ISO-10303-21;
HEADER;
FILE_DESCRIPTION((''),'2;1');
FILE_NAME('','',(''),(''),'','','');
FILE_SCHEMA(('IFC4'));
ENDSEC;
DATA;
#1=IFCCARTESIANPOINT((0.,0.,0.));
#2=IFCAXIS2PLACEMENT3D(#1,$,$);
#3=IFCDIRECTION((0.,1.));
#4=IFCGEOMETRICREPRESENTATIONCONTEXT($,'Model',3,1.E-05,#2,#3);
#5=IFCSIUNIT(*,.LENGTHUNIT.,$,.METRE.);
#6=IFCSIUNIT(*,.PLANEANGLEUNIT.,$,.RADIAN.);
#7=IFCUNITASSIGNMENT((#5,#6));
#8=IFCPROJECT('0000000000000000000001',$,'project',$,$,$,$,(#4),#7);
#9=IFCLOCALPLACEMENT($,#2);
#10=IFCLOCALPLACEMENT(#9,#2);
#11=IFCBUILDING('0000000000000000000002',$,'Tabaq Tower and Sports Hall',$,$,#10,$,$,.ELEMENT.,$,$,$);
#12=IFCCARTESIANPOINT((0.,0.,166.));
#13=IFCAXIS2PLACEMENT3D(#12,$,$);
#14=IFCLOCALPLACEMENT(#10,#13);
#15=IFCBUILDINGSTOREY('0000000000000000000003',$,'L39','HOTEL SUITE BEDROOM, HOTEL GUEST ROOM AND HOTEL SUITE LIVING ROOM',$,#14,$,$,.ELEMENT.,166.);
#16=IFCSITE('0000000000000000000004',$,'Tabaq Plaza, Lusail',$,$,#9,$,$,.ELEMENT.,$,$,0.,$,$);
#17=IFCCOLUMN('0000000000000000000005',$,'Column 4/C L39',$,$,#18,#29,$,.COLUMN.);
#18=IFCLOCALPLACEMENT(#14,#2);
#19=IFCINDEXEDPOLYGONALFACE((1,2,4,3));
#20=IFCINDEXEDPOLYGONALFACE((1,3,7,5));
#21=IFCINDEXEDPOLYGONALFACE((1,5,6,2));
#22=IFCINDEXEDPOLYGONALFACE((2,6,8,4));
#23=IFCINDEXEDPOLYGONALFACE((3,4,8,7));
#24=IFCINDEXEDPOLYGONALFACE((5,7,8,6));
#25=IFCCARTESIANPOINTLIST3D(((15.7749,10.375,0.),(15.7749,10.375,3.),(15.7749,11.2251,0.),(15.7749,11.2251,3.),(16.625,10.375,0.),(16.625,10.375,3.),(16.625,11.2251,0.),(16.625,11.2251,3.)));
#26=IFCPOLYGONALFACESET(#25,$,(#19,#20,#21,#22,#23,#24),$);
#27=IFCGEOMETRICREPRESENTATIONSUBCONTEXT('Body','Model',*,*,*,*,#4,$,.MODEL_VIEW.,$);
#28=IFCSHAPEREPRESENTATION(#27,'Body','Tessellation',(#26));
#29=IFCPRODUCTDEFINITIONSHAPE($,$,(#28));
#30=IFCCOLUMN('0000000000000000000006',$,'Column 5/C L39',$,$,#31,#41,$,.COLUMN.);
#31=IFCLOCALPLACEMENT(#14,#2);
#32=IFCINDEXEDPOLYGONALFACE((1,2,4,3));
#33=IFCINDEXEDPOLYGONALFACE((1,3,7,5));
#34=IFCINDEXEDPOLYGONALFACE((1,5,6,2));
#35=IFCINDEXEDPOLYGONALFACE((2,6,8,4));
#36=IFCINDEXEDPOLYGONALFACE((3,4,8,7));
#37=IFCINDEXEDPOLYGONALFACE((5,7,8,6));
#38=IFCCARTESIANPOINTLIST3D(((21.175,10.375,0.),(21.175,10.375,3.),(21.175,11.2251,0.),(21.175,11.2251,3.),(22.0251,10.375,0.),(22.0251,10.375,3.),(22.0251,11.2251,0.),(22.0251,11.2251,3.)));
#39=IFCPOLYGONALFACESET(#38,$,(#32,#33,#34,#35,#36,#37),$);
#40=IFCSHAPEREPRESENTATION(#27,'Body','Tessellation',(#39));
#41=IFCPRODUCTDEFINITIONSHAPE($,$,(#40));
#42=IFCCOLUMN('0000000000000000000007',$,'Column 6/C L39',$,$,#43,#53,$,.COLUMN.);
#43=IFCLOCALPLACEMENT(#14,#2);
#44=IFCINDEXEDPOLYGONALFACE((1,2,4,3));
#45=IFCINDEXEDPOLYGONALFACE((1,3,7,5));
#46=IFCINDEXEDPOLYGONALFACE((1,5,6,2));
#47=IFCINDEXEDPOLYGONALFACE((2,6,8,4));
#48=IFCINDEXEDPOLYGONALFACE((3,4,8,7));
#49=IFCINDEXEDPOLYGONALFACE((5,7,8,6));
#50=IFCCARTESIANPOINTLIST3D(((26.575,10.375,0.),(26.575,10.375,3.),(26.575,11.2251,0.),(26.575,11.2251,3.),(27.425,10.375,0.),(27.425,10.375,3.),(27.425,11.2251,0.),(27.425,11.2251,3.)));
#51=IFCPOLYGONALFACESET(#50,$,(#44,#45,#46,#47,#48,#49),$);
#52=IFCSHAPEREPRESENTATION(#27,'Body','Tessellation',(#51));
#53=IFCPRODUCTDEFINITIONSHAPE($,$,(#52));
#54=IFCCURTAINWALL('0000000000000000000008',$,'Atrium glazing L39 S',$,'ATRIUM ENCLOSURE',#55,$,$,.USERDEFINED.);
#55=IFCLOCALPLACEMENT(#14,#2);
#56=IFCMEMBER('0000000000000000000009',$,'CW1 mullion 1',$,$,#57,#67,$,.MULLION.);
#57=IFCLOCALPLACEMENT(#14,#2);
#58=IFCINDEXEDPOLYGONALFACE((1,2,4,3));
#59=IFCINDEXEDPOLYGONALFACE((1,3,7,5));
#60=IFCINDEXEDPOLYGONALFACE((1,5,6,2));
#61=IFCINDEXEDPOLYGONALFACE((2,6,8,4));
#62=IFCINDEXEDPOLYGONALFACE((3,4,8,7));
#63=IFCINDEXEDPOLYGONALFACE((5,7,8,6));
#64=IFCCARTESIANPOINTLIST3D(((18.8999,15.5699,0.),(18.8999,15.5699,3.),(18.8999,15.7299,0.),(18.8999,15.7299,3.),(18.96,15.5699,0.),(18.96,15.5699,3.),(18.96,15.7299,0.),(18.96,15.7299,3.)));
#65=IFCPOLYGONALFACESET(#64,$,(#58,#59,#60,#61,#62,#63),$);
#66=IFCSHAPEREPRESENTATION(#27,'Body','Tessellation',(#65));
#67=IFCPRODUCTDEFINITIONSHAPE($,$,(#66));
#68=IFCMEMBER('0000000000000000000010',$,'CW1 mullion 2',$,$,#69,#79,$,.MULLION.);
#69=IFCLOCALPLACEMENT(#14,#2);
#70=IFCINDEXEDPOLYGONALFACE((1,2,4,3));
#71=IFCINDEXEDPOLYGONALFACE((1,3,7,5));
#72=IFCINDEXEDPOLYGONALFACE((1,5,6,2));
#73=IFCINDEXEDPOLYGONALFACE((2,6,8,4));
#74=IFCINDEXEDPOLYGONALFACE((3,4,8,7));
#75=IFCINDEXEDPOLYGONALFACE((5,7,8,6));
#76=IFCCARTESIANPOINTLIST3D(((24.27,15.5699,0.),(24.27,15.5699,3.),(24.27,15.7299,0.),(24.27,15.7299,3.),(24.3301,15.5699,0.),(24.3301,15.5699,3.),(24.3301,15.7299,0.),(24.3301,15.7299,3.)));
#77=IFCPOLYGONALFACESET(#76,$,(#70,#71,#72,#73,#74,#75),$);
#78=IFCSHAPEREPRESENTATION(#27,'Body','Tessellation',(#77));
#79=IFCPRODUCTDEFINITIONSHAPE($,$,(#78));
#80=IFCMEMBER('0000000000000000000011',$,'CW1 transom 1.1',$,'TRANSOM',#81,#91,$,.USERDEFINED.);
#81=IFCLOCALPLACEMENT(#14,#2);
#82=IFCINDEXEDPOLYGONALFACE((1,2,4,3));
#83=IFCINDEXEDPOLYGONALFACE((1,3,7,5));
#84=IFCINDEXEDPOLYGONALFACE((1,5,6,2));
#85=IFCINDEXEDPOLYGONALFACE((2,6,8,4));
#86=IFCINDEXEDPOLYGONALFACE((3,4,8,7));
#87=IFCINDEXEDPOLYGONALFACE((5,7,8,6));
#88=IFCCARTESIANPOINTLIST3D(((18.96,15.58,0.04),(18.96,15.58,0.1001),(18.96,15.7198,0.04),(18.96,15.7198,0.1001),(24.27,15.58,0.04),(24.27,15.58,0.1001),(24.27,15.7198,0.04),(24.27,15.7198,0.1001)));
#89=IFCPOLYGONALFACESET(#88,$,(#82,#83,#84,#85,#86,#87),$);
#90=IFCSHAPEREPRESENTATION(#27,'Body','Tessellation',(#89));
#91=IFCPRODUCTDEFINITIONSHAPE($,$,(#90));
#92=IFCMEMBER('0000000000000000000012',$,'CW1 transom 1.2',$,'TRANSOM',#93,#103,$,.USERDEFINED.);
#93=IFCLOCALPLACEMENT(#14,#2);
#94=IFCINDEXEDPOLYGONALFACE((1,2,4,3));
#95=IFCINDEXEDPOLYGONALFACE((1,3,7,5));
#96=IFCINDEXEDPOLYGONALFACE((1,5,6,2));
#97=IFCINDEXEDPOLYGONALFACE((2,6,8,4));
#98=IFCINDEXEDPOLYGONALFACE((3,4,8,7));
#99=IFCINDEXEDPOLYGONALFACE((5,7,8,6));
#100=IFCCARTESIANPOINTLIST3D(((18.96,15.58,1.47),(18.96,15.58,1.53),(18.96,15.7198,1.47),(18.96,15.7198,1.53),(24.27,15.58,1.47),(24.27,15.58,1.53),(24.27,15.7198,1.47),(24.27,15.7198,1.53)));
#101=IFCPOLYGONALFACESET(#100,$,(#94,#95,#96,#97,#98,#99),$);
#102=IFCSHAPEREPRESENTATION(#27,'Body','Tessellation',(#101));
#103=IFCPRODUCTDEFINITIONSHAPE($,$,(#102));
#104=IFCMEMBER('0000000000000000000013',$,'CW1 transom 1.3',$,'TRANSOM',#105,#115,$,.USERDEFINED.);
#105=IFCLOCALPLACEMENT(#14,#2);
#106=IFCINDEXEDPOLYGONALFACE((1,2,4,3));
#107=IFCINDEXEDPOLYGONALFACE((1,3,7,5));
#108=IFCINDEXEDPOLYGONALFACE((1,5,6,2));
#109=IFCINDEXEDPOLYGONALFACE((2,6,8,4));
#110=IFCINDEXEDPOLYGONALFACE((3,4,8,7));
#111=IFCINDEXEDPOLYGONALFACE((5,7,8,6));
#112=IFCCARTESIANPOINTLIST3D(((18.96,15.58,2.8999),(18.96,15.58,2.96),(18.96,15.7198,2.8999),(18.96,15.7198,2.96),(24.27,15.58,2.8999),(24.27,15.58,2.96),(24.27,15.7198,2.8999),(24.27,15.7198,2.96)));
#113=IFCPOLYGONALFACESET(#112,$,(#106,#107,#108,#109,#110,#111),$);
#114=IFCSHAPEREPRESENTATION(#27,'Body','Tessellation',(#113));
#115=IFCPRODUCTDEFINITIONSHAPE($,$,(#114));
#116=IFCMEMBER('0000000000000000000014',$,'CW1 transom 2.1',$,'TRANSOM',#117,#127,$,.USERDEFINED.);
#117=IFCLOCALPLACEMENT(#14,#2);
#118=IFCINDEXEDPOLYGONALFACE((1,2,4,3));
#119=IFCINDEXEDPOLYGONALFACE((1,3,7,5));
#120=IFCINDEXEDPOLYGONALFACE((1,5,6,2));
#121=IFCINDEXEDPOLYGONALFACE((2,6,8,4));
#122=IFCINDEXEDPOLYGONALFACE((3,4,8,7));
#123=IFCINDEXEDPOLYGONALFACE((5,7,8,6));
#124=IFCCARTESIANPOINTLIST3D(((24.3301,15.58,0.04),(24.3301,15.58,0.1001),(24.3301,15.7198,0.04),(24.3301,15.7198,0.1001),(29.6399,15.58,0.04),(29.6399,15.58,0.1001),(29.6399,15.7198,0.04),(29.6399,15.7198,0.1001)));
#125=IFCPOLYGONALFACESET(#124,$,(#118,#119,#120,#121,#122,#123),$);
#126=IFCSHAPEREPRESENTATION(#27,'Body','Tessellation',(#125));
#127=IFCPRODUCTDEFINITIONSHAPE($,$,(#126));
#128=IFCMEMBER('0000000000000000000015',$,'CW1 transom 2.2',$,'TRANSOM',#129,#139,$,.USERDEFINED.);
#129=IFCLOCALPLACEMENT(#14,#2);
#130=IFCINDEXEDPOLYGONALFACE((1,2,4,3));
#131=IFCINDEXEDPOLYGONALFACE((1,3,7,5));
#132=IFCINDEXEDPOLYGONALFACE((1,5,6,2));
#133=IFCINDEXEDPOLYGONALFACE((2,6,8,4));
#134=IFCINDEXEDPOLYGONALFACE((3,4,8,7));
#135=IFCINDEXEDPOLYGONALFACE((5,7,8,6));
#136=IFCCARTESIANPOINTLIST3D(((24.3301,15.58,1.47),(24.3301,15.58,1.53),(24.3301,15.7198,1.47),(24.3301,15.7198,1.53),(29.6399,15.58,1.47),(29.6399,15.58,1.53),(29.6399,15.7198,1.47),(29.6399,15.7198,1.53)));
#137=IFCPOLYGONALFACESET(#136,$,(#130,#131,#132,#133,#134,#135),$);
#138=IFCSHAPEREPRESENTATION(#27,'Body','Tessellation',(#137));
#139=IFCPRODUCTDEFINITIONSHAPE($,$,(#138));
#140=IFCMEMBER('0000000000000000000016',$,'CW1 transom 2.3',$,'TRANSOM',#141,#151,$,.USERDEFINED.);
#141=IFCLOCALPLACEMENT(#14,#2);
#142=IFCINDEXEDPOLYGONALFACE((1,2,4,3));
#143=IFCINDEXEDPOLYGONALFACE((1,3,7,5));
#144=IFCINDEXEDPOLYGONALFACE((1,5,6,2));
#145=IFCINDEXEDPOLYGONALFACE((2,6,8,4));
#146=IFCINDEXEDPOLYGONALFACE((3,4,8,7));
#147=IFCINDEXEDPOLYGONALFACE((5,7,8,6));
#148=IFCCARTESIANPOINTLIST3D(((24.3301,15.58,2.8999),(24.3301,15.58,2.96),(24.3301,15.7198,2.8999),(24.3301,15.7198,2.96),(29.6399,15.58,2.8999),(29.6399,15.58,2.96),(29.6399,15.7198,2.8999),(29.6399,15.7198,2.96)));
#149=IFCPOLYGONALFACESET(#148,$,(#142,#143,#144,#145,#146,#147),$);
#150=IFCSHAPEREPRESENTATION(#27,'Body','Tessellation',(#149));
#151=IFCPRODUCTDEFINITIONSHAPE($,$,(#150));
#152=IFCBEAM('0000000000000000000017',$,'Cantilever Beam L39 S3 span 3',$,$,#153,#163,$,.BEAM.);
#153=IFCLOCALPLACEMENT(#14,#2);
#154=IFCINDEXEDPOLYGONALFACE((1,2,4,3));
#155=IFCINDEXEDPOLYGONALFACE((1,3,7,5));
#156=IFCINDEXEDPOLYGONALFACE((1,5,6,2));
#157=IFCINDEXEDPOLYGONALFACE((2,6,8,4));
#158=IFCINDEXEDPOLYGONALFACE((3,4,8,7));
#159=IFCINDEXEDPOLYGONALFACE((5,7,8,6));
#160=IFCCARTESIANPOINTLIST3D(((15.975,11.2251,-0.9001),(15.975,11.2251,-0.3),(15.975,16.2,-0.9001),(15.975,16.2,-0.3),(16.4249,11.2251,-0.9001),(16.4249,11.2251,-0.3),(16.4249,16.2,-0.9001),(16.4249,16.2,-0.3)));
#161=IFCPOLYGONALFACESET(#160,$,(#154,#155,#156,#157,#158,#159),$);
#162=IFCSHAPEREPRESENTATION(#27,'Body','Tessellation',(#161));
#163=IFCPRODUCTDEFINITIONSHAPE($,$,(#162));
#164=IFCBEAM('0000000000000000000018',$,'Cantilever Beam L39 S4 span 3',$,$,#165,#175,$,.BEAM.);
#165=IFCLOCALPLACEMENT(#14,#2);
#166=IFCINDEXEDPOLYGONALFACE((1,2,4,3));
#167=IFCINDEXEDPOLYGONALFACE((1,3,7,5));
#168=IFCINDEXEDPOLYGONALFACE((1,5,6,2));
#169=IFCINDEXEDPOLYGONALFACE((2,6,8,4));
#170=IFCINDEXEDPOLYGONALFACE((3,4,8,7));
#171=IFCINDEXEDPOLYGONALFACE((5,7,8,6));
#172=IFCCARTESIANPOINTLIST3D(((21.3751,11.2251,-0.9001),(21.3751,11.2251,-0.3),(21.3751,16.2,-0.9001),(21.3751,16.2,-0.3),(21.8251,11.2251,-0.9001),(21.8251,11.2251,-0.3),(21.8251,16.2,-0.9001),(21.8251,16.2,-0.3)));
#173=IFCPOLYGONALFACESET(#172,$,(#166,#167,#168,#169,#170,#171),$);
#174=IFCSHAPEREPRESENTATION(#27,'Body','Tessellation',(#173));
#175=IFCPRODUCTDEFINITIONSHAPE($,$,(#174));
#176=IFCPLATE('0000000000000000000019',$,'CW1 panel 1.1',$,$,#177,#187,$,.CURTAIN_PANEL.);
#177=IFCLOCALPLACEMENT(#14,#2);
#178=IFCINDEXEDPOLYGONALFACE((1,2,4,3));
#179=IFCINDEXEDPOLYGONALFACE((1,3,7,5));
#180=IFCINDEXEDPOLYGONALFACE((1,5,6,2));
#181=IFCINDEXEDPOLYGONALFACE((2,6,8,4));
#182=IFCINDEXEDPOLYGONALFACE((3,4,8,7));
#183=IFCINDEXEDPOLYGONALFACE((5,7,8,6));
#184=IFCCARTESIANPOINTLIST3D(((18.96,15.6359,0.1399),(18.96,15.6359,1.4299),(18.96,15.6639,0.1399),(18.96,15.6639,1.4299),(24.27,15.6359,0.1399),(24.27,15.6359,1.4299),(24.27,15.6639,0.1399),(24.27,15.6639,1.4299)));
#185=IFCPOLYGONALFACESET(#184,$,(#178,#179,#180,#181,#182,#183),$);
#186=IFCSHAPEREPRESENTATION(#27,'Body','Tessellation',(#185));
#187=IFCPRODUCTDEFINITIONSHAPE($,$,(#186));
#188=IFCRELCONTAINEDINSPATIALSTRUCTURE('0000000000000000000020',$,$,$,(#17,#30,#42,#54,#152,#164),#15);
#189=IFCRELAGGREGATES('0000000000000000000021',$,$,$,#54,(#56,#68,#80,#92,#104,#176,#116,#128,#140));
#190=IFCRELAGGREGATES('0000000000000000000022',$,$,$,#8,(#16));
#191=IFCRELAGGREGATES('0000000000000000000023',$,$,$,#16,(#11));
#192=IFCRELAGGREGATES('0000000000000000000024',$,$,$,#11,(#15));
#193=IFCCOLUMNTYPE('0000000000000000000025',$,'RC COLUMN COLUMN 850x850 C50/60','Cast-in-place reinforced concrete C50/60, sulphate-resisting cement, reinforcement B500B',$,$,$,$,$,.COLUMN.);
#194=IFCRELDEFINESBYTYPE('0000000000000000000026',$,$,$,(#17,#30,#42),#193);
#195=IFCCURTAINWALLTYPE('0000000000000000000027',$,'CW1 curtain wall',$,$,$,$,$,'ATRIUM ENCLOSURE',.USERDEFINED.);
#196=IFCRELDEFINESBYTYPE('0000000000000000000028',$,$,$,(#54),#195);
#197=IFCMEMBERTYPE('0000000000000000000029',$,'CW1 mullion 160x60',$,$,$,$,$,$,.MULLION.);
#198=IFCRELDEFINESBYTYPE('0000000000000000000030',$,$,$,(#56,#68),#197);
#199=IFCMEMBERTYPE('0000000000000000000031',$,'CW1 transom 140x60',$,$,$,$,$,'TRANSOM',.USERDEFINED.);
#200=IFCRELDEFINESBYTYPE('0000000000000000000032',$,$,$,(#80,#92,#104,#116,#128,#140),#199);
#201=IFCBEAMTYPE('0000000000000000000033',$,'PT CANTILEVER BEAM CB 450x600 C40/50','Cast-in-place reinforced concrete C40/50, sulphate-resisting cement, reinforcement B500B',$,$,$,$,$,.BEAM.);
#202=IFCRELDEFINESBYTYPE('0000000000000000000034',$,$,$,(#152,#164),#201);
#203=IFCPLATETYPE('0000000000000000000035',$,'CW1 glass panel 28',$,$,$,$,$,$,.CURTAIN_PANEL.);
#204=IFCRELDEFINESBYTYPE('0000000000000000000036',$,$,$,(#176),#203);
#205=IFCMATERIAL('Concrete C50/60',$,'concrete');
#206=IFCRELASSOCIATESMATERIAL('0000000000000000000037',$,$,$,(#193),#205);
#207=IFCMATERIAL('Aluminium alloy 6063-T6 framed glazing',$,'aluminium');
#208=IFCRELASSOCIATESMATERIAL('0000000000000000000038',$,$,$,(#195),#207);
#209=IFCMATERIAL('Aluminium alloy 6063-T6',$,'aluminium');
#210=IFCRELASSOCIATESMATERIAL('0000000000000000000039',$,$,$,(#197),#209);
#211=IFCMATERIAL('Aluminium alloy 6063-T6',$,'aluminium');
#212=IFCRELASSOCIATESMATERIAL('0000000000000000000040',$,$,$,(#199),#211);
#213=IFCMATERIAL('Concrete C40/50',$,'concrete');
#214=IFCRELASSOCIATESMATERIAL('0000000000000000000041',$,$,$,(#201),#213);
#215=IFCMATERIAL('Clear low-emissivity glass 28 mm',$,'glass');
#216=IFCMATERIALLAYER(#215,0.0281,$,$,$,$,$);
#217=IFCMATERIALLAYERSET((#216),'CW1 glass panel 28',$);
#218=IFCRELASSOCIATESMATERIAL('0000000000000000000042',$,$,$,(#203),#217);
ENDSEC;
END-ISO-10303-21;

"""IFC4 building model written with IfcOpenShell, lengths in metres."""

from ifc_helpers import new_model, si_unit, direction, frame, origin, origin_2d, place, context, subcontext, project, spatial, rectangle, extrude, material, layer, layer_set, material_profile, profile_set, type_object, element, aggregate, save


model = new_model("IFC4")

# Units and contexts
model_context = context("Model", 3, precision=1e-05, world=origin(), true_north=direction((0.0, 1.0)))
body_context = subcontext(model_context, "Body", "Model", "MODEL_VIEW")
ifc_project = project(units=[si_unit("LENGTHUNIT", "METRE"), si_unit("PLANEANGLEUNIT", "RADIAN")], contexts=[model_context])

# Site, building, storey
site_placement = place(None, origin())
site = spatial("IfcSite", under=ifc_project, at=site_placement, Name="Tabaq Plaza, Lusail", CompositionType="ELEMENT", RefElevation=0.0)
building_placement = place(site_placement, origin())
building = spatial("IfcBuilding", under=site, at=building_placement, Name="Tabaq Tower and Sports Hall", CompositionType="ELEMENT")
storey_placement = place(building_placement, frame((0.0, 0.0, 166.0)))
storey = spatial("IfcBuildingStorey", under=building, at=storey_placement, Name="L39", Description="HOTEL SUITE BEDROOM, HOTEL GUEST ROOM AND HOTEL SUITE LIVING ROOM", CompositionType="ELEMENT", Elevation=166.0)

# Columns
ifc_material_1 = material(Name="Concrete C50/60", Category="concrete")
ifc_material_profile_1 = material_profile(ifc_material_1, rectangle(XDim=0.8501, YDim=0.8501, at=origin_2d()), Name="COLUMN 850x850")
ifc_profile_set_1 = profile_set([ifc_material_profile_1], Name="Concrete C50/60")
column_type = type_object("IfcColumnType", Name="RC COLUMN COLUMN 850x850 C50/60", Description="Cast-in-place reinforced concrete C50/60, sulphate-resisting cement, reinforcement B500B", PredefinedType="COLUMN", material=ifc_profile_set_1)
for number, where, z_axis, x_axis, name in (
    (1, (16.2, 10.8, 0.0), (0.0, 0.0, 1.0), (1.0, 0.0, 0.0), "Column 4/C L39"),
    (2, (21.6001, 10.8, 0.0), (0.0, 0.0, 1.0), (1.0, 0.0, 0.0), "Column 5/C L39"),
    (3, (27.0, 10.8, 0.0), (0.0, 0.0, 1.0), (1.0, 0.0, 0.0), "Column 6/C L39"),
):
    element("IfcColumn", number, at=place(storey_placement, frame(where, z_axis=z_axis, x_axis=x_axis)), inside=storey, type_object=column_type, Name=name, PredefinedType="COLUMN", context=body_context, shape_type="SweptSolid", body=[
        extrude(rectangle(XDim=0.8501, YDim=0.8501, at=origin_2d()), origin(), (0.0, 0.0, 1.0), 3.0),
    ])

# Curtain wall, members
ifc_material_2 = material(Name="Aluminium alloy 6063-T6 framed glazing", Category="aluminium")
curtain_wall_type = type_object("IfcCurtainWallType", Name="CW1 curtain wall", ElementType="ATRIUM ENCLOSURE", PredefinedType="USERDEFINED", material=ifc_material_2)
curtain_wall_placement = place(storey_placement, origin())
curtain_wall = element("IfcCurtainWall", 4, at=curtain_wall_placement, inside=storey, type_object=curtain_wall_type, Name="Atrium glazing L39 S", ObjectType="ATRIUM ENCLOSURE", PredefinedType="USERDEFINED")
ifc_material_3 = material(Name="Aluminium alloy 6063-T6", Category="aluminium")
ifc_material_profile_2 = material_profile(ifc_material_3, rectangle(XDim=0.1599, YDim=0.0601, at=origin_2d()), Name="MULLION 160x60")
ifc_profile_set_2 = profile_set([ifc_material_profile_2], Name="Aluminium alloy 6063-T6")
member_type_1 = type_object("IfcMemberType", Name="CW1 mullion 160x60", PredefinedType="MULLION", material=ifc_profile_set_2)
member_1_placement = place(storey_placement, frame((18.9299, 15.6499, 0.0), z_axis=(0.0, 0.0, 1.0), x_axis=(0.0, 1.0, 0.0)))
member_1 = element("IfcMember", 5, at=member_1_placement, type_object=member_type_1, Name="CW1 mullion 1", PredefinedType="MULLION", context=body_context, shape_type="SweptSolid", body=[
    extrude(rectangle(XDim=0.1599, YDim=0.0601, at=origin_2d()), origin(), (0.0, 0.0, 1.0), 3.0),
])
member_2_placement = place(storey_placement, frame((24.3, 15.6499, 0.0), z_axis=(0.0, 0.0, 1.0), x_axis=(0.0, 1.0, 0.0)))
member_2 = element("IfcMember", 6, at=member_2_placement, type_object=member_type_1, Name="CW1 mullion 2", PredefinedType="MULLION", context=body_context, shape_type="SweptSolid", body=[
    extrude(rectangle(XDim=0.1599, YDim=0.0601, at=origin_2d()), origin(), (0.0, 0.0, 1.0), 3.0),
])
ifc_material_4 = material(Name="Aluminium alloy 6063-T6", Category="aluminium")
ifc_material_profile_3 = material_profile(ifc_material_4, rectangle(XDim=0.1399, YDim=0.0601, at=origin_2d()), Name="TRANSOM 140x60")
ifc_profile_set_3 = profile_set([ifc_material_profile_3], Name="Aluminium alloy 6063-T6")
member_type_2 = type_object("IfcMemberType", Name="CW1 transom 140x60", ElementType="TRANSOM", PredefinedType="USERDEFINED", material=ifc_profile_set_3)
member_3_placement = place(storey_placement, frame((18.96, 15.6499, 0.0701), z_axis=(1.0, 0.0, 0.0), x_axis=(0.0, 1.0, 0.0)))
member_3 = element("IfcMember", 7, at=member_3_placement, type_object=member_type_2, Name="CW1 transom 1.1", ObjectType="TRANSOM", PredefinedType="USERDEFINED", context=body_context, shape_type="SweptSolid", body=[
    extrude(rectangle(XDim=0.1399, YDim=0.0601, at=origin_2d()), origin(), (0.0, 0.0, 1.0), 5.3101),
])
member_4_placement = place(storey_placement, frame((18.96, 15.6499, 1.5), z_axis=(1.0, 0.0, 0.0), x_axis=(0.0, 1.0, 0.0)))
member_4 = element("IfcMember", 8, at=member_4_placement, type_object=member_type_2, Name="CW1 transom 1.2", ObjectType="TRANSOM", PredefinedType="USERDEFINED", context=body_context, shape_type="SweptSolid", body=[
    extrude(rectangle(XDim=0.1399, YDim=0.0601, at=origin_2d()), origin(), (0.0, 0.0, 1.0), 5.3101),
])
member_5_placement = place(storey_placement, frame((18.96, 15.6499, 2.9299), z_axis=(1.0, 0.0, 0.0), x_axis=(0.0, 1.0, 0.0)))
member_5 = element("IfcMember", 9, at=member_5_placement, type_object=member_type_2, Name="CW1 transom 1.3", ObjectType="TRANSOM", PredefinedType="USERDEFINED", context=body_context, shape_type="SweptSolid", body=[
    extrude(rectangle(XDim=0.1399, YDim=0.0601, at=origin_2d()), origin(), (0.0, 0.0, 1.0), 5.3101),
])
member_6_placement = place(storey_placement, frame((24.3301, 15.6499, 0.0701), z_axis=(1.0, 0.0, 0.0), x_axis=(0.0, 1.0, 0.0)))
member_6 = element("IfcMember", 10, at=member_6_placement, type_object=member_type_2, Name="CW1 transom 2.1", ObjectType="TRANSOM", PredefinedType="USERDEFINED", context=body_context, shape_type="SweptSolid", body=[
    extrude(rectangle(XDim=0.1399, YDim=0.0601, at=origin_2d()), origin(), (0.0, 0.0, 1.0), 5.3098),
])
member_7_placement = place(storey_placement, frame((24.3301, 15.6499, 1.5), z_axis=(1.0, 0.0, 0.0), x_axis=(0.0, 1.0, 0.0)))
member_7 = element("IfcMember", 11, at=member_7_placement, type_object=member_type_2, Name="CW1 transom 2.2", ObjectType="TRANSOM", PredefinedType="USERDEFINED", context=body_context, shape_type="SweptSolid", body=[
    extrude(rectangle(XDim=0.1399, YDim=0.0601, at=origin_2d()), origin(), (0.0, 0.0, 1.0), 5.3098),
])
member_8_placement = place(storey_placement, frame((24.3301, 15.6499, 2.9299), z_axis=(1.0, 0.0, 0.0), x_axis=(0.0, 1.0, 0.0)))
member_8 = element("IfcMember", 12, at=member_8_placement, type_object=member_type_2, Name="CW1 transom 2.3", ObjectType="TRANSOM", PredefinedType="USERDEFINED", context=body_context, shape_type="SweptSolid", body=[
    extrude(rectangle(XDim=0.1399, YDim=0.0601, at=origin_2d()), origin(), (0.0, 0.0, 1.0), 5.3098),
])

# Beams
ifc_material_5 = material(Name="Concrete C40/50", Category="concrete")
ifc_material_profile_4 = material_profile(ifc_material_5, rectangle(XDim=0.45, YDim=0.6001, at=origin_2d()), Name="CB 450x600")
ifc_profile_set_4 = profile_set([ifc_material_profile_4], Name="Concrete C40/50")
beam_type = type_object("IfcBeamType", Name="PT CANTILEVER BEAM CB 450x600 C40/50", Description="Cast-in-place reinforced concrete C40/50, sulphate-resisting cement, reinforcement B500B", PredefinedType="BEAM", material=ifc_profile_set_4)
for number, where, z_axis, x_axis, name in (
    (13, (16.2, 11.2251, -0.6001), (0.0, 1.0, 0.0), (-1.0, 0.0, 0.0), "Cantilever Beam L39 S3 span 3"),
    (14, (21.6001, 11.2251, -0.6001), (0.0, 1.0, 0.0), (-1.0, 0.0, 0.0), "Cantilever Beam L39 S4 span 3"),
):
    element("IfcBeam", number, at=place(storey_placement, frame(where, z_axis=z_axis, x_axis=x_axis)), inside=storey, type_object=beam_type, Name=name, PredefinedType="BEAM", context=body_context, shape_type="SweptSolid", body=[
        extrude(rectangle(XDim=0.45, YDim=0.6001, at=origin_2d()), origin(), (0.0, 0.0, 1.0), 4.9749),
    ])

# Plate
ifc_material_6 = material(Name="Clear low-emissivity glass 28 mm", Category="glass")
ifc_layer_1 = layer(ifc_material_6, 0.0281)
ifc_layer_set_1 = layer_set([ifc_layer_1], Name="CW1 glass panel 28")
plate_type = type_object("IfcPlateType", Name="CW1 glass panel 28", PredefinedType="CURTAIN_PANEL", material=ifc_layer_set_1)
plate_1_placement = place(storey_placement, frame((21.615, 15.6499, 0.1399), z_axis=(0.0, 0.0, 1.0), x_axis=(1.0, 0.0, 0.0)))
plate_1 = element("IfcPlate", 15, at=plate_1_placement, type_object=plate_type, Name="CW1 panel 1.1", PredefinedType="CURTAIN_PANEL", context=body_context, shape_type="SweptSolid", body=[
    extrude(rectangle(XDim=5.3101, YDim=0.0281, at=origin_2d()), origin(), (0.0, 0.0, 1.0), 1.29),
])
aggregate(curtain_wall, [member_1, member_2, member_3, member_4, member_5, plate_1, member_6, member_7, member_8])

save(model, "model.ifc")
